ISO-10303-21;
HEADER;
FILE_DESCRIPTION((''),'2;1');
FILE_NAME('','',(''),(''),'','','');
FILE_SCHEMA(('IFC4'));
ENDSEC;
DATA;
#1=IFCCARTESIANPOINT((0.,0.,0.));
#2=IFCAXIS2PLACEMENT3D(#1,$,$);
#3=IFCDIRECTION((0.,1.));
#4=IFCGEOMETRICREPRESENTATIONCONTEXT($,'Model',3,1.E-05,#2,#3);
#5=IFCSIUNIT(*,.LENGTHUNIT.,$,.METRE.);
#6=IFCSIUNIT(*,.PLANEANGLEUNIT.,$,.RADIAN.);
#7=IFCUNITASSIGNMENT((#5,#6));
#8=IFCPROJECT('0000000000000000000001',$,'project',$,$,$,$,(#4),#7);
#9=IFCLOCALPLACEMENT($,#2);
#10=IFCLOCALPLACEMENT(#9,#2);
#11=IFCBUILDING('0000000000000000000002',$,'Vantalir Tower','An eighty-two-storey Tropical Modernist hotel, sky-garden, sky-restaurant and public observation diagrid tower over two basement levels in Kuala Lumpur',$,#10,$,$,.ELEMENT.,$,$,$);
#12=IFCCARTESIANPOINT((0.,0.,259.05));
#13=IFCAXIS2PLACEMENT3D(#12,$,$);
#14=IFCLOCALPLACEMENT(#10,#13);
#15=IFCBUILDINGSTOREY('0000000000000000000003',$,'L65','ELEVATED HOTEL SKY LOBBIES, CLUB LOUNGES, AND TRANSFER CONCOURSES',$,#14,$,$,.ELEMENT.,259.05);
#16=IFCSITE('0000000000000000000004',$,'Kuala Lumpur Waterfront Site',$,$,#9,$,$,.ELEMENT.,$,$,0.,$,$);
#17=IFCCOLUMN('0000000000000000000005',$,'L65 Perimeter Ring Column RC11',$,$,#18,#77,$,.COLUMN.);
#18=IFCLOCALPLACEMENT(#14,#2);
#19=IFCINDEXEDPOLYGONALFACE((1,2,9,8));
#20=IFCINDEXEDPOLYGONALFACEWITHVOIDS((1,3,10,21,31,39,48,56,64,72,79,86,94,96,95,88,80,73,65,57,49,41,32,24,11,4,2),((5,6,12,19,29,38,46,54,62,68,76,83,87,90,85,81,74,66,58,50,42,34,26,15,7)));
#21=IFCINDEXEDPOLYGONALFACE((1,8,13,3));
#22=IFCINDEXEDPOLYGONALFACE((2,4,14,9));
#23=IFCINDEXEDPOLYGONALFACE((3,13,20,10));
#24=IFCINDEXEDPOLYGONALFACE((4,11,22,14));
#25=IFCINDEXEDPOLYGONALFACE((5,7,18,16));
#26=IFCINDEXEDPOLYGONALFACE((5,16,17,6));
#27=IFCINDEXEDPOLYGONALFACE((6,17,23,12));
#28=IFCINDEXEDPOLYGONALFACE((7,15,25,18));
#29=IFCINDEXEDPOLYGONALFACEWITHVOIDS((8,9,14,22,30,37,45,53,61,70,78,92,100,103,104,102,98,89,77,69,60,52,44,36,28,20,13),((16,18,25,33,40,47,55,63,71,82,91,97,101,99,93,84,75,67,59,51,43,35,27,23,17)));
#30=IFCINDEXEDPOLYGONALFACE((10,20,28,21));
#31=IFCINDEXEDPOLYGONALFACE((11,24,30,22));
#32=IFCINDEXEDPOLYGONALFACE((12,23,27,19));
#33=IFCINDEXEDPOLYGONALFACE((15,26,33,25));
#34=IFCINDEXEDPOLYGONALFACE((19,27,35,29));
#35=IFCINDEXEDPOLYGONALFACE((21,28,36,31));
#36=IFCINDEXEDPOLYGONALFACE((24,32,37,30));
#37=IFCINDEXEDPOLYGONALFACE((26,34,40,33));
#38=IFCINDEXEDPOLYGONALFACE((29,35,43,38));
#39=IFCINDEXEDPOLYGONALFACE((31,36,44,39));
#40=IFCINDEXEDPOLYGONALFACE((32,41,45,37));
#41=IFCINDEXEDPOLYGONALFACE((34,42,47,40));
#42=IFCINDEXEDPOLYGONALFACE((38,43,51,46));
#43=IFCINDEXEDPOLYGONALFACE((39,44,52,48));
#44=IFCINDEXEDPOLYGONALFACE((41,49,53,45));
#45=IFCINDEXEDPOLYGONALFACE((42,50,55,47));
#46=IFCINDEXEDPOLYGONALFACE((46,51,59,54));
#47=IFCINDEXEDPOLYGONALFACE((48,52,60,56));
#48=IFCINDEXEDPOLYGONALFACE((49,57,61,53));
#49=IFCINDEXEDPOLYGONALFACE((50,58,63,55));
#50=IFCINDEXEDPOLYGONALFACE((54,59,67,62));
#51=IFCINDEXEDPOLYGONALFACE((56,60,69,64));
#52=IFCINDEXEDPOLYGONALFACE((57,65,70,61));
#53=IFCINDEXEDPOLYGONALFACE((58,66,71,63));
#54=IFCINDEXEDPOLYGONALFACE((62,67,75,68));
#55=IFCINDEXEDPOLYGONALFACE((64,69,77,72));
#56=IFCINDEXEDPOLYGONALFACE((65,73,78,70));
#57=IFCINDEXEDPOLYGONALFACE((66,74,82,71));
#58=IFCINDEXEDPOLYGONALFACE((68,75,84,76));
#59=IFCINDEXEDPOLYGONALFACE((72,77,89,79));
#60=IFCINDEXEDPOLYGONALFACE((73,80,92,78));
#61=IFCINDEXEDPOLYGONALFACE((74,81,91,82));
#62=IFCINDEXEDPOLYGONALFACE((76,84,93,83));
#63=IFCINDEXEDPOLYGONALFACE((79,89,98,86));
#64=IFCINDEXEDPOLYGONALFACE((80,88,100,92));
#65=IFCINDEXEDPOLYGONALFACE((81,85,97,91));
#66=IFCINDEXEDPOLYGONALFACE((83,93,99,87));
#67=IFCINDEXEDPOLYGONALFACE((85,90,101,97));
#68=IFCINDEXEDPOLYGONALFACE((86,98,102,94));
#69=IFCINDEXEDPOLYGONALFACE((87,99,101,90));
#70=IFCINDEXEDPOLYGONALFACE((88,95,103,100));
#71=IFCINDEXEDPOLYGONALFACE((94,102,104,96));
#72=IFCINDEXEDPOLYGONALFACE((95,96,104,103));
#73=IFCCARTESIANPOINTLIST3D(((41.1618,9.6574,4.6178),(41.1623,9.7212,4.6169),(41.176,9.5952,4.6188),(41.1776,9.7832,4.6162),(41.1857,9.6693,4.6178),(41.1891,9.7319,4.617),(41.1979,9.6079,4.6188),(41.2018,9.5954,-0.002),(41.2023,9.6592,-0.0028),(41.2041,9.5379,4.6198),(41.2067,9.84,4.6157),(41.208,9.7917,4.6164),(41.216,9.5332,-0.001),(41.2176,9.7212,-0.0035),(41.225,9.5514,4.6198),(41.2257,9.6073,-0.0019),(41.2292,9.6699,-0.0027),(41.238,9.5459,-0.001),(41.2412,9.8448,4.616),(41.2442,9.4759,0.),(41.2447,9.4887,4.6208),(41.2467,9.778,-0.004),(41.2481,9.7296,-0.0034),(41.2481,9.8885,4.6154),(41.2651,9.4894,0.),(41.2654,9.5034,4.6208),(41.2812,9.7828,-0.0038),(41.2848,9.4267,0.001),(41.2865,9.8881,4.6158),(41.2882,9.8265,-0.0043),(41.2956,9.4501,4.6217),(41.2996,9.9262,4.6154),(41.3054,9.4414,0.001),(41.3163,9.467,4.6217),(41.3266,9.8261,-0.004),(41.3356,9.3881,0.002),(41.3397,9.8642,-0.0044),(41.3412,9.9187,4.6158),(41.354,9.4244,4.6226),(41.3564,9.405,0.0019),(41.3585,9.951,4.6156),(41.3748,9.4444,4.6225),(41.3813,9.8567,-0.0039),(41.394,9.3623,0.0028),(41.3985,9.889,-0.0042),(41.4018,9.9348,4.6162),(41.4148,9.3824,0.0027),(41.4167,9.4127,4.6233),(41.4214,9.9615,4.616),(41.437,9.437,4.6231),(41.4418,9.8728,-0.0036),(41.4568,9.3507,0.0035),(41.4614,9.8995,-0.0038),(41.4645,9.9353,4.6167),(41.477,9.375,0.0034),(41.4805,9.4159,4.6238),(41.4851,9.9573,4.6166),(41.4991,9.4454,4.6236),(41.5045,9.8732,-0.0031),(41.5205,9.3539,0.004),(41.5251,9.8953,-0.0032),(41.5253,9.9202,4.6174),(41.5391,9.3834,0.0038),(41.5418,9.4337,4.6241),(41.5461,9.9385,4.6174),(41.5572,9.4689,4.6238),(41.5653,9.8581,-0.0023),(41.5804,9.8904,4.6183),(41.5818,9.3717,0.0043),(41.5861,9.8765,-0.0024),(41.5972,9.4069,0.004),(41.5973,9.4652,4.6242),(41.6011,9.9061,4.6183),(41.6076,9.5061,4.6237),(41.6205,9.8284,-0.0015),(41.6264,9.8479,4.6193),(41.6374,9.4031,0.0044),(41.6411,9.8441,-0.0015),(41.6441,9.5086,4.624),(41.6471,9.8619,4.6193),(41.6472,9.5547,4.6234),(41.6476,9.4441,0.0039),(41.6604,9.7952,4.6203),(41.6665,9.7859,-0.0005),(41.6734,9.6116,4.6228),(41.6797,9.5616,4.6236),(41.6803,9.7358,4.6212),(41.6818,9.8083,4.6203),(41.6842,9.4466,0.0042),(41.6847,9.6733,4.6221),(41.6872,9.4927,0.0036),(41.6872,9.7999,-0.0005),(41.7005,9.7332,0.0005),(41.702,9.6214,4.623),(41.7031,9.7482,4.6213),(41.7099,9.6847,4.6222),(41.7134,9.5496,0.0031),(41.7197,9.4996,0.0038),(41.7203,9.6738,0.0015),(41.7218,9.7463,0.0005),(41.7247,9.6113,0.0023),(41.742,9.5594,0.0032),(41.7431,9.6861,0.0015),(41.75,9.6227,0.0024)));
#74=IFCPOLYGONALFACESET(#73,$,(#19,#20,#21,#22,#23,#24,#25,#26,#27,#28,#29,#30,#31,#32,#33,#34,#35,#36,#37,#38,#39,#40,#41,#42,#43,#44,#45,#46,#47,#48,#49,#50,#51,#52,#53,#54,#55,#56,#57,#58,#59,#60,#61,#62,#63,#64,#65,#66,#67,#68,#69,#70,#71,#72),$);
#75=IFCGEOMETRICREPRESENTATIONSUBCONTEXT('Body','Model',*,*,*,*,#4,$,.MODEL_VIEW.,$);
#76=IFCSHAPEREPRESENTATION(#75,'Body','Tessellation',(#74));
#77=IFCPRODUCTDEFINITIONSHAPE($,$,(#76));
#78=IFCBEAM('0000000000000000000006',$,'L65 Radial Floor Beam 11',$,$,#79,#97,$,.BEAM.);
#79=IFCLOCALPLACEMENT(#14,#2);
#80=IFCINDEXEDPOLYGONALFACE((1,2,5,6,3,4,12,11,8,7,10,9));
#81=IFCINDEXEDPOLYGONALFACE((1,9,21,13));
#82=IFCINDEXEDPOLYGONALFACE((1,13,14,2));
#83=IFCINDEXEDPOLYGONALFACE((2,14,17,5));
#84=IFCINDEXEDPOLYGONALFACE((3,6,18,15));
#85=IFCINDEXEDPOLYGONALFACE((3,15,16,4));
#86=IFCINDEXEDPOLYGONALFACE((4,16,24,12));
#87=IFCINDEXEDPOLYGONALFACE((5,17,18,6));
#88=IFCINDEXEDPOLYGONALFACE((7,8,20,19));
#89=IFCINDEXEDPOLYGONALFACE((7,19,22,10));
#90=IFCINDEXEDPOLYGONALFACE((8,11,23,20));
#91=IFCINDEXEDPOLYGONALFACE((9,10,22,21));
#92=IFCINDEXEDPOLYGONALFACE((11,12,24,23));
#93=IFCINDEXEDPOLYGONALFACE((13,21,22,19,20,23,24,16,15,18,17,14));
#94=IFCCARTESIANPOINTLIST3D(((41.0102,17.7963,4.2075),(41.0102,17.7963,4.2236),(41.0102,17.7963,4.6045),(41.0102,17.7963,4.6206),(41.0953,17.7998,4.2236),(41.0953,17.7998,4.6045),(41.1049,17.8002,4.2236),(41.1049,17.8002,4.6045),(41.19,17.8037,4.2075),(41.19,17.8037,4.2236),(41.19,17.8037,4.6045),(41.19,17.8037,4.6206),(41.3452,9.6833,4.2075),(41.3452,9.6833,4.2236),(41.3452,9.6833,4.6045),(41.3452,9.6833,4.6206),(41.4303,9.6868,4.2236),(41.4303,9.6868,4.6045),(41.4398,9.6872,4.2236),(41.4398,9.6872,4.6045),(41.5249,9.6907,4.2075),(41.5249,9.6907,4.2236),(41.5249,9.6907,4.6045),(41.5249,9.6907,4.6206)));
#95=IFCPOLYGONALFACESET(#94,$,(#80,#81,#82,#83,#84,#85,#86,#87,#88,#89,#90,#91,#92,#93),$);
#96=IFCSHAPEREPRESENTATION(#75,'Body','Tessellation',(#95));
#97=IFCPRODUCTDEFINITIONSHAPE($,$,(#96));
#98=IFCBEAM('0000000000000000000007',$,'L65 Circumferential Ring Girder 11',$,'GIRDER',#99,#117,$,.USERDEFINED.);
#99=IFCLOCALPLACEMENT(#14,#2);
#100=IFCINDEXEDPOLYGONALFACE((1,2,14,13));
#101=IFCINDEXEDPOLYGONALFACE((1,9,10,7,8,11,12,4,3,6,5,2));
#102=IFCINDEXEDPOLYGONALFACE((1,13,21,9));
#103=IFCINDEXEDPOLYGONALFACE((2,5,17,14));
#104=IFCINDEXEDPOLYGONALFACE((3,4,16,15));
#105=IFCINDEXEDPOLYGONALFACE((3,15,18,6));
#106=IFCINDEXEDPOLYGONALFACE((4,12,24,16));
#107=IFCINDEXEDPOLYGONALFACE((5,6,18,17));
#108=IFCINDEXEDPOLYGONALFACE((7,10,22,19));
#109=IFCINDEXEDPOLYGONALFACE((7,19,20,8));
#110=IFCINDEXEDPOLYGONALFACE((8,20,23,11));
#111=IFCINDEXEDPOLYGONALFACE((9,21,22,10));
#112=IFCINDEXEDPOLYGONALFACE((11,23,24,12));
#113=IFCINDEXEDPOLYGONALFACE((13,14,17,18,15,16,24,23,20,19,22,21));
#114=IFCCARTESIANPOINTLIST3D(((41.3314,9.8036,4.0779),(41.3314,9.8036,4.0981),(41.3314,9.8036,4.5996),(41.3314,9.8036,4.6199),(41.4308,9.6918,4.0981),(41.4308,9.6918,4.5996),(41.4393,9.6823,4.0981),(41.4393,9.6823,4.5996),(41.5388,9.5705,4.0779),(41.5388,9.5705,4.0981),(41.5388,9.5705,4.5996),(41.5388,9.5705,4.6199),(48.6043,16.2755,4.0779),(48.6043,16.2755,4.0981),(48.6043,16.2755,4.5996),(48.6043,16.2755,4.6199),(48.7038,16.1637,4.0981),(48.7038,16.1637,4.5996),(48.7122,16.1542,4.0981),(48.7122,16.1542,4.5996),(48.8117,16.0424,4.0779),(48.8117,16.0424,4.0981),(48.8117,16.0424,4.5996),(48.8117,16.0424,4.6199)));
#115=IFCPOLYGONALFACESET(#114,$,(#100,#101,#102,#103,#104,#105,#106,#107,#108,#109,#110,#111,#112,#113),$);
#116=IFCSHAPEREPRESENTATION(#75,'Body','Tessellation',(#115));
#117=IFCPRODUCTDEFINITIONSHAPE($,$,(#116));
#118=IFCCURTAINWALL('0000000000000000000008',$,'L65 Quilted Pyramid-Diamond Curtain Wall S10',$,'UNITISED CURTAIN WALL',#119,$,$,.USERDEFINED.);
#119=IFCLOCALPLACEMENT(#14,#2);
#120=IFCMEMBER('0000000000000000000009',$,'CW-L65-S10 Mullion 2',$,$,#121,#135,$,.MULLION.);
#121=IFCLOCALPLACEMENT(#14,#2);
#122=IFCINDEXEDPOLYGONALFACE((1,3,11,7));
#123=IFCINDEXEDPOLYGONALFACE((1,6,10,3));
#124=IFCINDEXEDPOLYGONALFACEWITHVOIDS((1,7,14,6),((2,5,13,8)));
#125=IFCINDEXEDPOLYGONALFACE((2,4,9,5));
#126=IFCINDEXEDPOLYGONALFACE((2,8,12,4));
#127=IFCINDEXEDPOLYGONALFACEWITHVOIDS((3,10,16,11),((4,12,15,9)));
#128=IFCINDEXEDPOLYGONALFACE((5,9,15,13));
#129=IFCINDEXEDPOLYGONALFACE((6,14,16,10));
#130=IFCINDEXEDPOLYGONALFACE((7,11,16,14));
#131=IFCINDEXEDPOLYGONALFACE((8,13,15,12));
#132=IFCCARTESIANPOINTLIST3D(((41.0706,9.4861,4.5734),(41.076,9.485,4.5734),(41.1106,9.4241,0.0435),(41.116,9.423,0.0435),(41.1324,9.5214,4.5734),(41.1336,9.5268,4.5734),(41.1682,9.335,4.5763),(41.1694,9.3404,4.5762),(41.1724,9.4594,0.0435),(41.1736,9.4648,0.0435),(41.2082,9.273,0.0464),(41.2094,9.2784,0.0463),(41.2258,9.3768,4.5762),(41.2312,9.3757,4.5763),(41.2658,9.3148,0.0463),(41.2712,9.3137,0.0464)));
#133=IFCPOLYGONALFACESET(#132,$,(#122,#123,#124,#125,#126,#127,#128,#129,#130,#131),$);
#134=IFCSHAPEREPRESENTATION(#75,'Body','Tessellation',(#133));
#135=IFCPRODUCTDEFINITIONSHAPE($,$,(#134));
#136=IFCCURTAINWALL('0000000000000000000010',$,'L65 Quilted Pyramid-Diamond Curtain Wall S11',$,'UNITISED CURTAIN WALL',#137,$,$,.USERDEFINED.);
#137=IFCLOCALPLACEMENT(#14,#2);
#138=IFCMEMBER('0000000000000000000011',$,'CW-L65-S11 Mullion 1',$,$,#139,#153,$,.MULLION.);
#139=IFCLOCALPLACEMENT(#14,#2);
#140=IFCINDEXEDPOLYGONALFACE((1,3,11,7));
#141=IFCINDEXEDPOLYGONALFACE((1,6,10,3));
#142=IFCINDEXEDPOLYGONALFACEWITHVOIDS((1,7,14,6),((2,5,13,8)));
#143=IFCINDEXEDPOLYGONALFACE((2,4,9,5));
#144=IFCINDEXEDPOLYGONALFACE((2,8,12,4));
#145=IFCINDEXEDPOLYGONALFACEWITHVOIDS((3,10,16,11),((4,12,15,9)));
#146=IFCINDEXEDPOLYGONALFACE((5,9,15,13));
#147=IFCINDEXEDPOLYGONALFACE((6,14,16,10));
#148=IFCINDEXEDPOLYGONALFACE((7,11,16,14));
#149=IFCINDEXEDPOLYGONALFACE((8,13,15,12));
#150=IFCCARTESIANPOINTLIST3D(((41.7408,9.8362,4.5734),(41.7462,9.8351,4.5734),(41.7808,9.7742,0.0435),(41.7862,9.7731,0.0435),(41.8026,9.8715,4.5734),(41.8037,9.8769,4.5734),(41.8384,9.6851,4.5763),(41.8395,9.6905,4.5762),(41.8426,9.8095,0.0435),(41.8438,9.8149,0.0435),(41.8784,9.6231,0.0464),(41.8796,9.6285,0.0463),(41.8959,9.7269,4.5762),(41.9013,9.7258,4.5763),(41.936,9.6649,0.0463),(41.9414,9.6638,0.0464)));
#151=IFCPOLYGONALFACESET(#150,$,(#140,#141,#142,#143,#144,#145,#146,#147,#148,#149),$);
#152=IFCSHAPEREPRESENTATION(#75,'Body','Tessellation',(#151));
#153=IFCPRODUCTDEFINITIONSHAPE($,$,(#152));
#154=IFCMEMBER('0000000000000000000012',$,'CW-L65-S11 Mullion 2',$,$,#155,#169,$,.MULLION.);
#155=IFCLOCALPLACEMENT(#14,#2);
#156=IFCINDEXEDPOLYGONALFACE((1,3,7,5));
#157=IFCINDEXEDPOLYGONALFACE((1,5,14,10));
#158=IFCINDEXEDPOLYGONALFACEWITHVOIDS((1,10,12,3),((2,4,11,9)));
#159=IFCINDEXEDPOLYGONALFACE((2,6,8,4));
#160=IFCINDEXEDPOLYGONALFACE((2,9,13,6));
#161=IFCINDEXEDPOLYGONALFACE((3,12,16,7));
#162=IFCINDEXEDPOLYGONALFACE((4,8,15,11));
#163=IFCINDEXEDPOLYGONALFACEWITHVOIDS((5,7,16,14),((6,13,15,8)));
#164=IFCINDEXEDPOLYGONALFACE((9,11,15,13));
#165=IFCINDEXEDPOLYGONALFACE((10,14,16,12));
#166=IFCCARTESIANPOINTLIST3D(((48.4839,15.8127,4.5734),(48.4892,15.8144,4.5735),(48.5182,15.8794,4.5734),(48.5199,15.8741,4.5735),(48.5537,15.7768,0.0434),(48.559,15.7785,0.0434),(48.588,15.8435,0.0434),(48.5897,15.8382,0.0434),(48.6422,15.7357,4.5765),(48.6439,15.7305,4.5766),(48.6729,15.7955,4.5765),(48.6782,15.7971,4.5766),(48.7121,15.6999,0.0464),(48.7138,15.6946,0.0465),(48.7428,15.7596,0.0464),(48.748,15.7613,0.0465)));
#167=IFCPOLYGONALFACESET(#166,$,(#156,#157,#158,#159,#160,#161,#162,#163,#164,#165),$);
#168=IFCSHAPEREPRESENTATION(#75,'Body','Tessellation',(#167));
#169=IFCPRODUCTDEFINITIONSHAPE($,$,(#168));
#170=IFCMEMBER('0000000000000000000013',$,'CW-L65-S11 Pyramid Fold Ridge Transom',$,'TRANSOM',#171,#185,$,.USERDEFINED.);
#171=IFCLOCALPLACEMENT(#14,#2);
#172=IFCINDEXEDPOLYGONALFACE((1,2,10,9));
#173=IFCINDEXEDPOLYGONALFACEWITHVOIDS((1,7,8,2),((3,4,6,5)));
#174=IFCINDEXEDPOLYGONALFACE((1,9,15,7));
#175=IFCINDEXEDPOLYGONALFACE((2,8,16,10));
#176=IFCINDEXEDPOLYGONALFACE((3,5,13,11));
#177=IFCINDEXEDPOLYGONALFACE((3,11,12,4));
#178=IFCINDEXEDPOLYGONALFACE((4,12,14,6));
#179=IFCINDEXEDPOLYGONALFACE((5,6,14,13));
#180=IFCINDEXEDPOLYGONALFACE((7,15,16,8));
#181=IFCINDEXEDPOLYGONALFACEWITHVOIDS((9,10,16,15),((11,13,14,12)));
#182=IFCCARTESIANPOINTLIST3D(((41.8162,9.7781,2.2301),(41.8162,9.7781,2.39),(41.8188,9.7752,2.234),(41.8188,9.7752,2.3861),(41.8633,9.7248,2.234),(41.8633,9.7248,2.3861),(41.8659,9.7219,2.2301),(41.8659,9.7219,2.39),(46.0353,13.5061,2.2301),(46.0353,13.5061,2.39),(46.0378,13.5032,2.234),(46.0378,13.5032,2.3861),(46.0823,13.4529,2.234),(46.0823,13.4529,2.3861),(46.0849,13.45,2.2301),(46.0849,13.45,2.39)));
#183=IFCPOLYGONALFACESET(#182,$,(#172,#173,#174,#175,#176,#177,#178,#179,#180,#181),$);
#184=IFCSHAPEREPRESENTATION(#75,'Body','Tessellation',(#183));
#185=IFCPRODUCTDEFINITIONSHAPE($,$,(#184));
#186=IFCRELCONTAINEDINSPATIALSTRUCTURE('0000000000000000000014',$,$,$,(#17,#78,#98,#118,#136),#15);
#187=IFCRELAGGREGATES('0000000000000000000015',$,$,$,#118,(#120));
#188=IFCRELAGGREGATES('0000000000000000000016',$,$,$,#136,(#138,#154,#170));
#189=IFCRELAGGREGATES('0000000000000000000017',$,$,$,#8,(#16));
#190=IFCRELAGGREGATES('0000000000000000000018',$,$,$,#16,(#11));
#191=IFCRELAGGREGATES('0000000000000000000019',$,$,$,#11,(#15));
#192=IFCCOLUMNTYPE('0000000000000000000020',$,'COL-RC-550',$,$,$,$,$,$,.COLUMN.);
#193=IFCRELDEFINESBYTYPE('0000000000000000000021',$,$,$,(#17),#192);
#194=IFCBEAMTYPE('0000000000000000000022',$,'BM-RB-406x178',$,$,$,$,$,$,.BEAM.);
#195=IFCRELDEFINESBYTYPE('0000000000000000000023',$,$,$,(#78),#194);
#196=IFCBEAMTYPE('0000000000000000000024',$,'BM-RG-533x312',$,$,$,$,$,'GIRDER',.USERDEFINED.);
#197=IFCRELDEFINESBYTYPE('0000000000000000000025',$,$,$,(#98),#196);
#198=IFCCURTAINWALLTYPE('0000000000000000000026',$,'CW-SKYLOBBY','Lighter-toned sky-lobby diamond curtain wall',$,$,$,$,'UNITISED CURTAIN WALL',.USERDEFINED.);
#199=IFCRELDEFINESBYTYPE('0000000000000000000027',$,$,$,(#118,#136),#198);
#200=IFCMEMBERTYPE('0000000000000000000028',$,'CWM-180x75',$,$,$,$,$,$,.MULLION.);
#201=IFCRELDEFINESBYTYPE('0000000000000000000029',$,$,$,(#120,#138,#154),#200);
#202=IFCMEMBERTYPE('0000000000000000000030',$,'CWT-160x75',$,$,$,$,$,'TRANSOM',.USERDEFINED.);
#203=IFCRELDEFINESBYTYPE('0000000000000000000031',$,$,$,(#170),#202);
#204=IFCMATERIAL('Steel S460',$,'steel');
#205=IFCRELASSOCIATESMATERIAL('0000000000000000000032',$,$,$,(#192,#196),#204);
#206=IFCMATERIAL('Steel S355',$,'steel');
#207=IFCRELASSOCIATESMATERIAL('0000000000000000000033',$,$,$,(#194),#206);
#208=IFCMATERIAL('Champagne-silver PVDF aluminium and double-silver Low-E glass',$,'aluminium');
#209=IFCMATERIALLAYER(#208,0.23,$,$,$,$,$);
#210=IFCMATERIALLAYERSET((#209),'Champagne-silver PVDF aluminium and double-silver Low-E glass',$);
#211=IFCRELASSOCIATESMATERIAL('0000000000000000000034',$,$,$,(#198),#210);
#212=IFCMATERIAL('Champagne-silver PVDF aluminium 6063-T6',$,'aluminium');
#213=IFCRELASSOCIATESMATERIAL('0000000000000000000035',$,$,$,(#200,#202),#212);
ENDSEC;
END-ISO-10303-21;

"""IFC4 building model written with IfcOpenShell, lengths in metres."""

from ifc_helpers import new_model, si_unit, direction, frame, origin, origin_2d, place, context, subcontext, project, spatial, hollow_rectangle, hollow_circle, i_section, extrude, material, layer, layer_set, material_profile, profile_set, type_object, element, aggregate, save


model = new_model("IFC4")

# Units and contexts
model_context = context("Model", 3, precision=1e-05, world=origin(), true_north=direction((0.0, 1.0)))
body_context = subcontext(model_context, "Body", "Model", "MODEL_VIEW")
ifc_project = project(units=[si_unit("LENGTHUNIT", "METRE"), si_unit("PLANEANGLEUNIT", "RADIAN")], contexts=[model_context])

# Site, building, storey
site_placement = place(None, origin())
site = spatial("IfcSite", under=ifc_project, at=site_placement, Name="Kuala Lumpur Waterfront Site", CompositionType="ELEMENT", RefElevation=0.0)
building_placement = place(site_placement, origin())
building = spatial("IfcBuilding", under=site, at=building_placement, Name="Vantalir Tower", Description="An eighty-two-storey Tropical Modernist hotel, sky-garden, sky-restaurant and public observation diagrid tower over two basement levels in Kuala Lumpur", CompositionType="ELEMENT")
storey_placement = place(building_placement, frame((0.0, 0.0, 259.05)))
storey = spatial("IfcBuildingStorey", under=building, at=storey_placement, Name="L65", Description="ELEVATED HOTEL SKY LOBBIES, CLUB LOUNGES, AND TRANSFER CONCOURSES", CompositionType="ELEMENT", Elevation=259.05)

# Column
ifc_material_1 = material(Name="Steel S460", Category="steel")
ifc_material_profile_1 = material_profile(ifc_material_1, hollow_circle(Radius=0.2749, WallThickness=0.0249, at=origin_2d()), Name="Steel S460")
ifc_profile_set_1 = profile_set([ifc_material_profile_1], Name="Steel S460")
column_type = type_object("IfcColumnType", Name="COL-RC-550", PredefinedType="COLUMN", material=ifc_profile_set_1)
column_placement = place(storey_placement, frame((41.4751, 9.625, 0.0), z_axis=(-0.008666, 0.013421, 0.999872), x_axis=(-0.840102, -0.542428, 0.0)))
element("IfcColumn", 1, at=column_placement, inside=storey, type_object=column_type, Name="L65 Perimeter Ring Column RC11", PredefinedType="COLUMN", context=body_context, shape_type="SweptSolid", body=[
    extrude(hollow_circle(Radius=0.2749, WallThickness=0.0249, at=origin_2d()), origin(), (0.0, 0.0, 1.0), 4.6204),
])

# Beams
ifc_material_2 = material(Name="Steel S355", Category="steel")
ifc_material_profile_2 = material_profile(ifc_material_2, i_section(OverallWidth=0.1799, OverallDepth=0.4131, WebThickness=0.0095, FlangeThickness=0.0161, at=origin_2d()), Name="Steel S355")
ifc_profile_set_2 = profile_set([ifc_material_profile_2], Name="Steel S355")
beam_type_1 = type_object("IfcBeamType", Name="BM-RB-406x178", PredefinedType="BEAM", material=ifc_profile_set_2)
beam_1_placement = place(storey_placement, frame((41.4351, 9.687, 4.4141), z_axis=(-0.041252, 0.999149, 0.0), x_axis=(-0.999149, -0.041252, 0.0)))
element("IfcBeam", 2, at=beam_1_placement, inside=storey, type_object=beam_type_1, Name="L65 Radial Floor Beam 11", PredefinedType="BEAM", context=body_context, shape_type="SweptSolid", body=[
    extrude(i_section(OverallWidth=0.1799, OverallDepth=0.4131, WebThickness=0.0095, FlangeThickness=0.0161, at=origin_2d()), origin(), (0.0, 0.0, 1.0), 8.1199),
])
ifc_material_profile_3 = material_profile(ifc_material_1, i_section(OverallWidth=0.312, OverallDepth=0.542, WebThickness=0.0127, FlangeThickness=0.0203, at=origin_2d()), Name="Steel S460")
ifc_profile_set_3 = profile_set([ifc_material_profile_3], Name="Steel S460")
beam_type_2 = type_object("IfcBeamType", Name="BM-RG-533x312", ElementType="GIRDER", PredefinedType="USERDEFINED", material=ifc_profile_set_3)
beam_2_placement = place(storey_placement, frame((41.4351, 9.687, 4.3489), z_axis=(0.747048, 0.66477, 0.0), x_axis=(-0.66477, 0.747048, 0.0)))
element("IfcBeam", 3, at=beam_2_placement, inside=storey, type_object=beam_type_2, Name="L65 Circumferential Ring Girder 11", ObjectType="GIRDER", PredefinedType="USERDEFINED", context=body_context, shape_type="SweptSolid", body=[
    extrude(i_section(OverallWidth=0.312, OverallDepth=0.542, WebThickness=0.0127, FlangeThickness=0.0203, at=origin_2d()), origin(), (0.0, 0.0, 1.0), 9.7356),
])

# Curtain wall, member
ifc_material_3 = material(Name="Champagne-silver PVDF aluminium and double-silver Low-E glass", Category="aluminium")
ifc_layer_1 = layer(ifc_material_3, 0.23)
ifc_layer_set_1 = layer_set([ifc_layer_1], Name="Champagne-silver PVDF aluminium and double-silver Low-E glass")
curtain_wall_type = type_object("IfcCurtainWallType", Name="CW-SKYLOBBY", Description="Lighter-toned sky-lobby diamond curtain wall", ElementType="UNITISED CURTAIN WALL", PredefinedType="USERDEFINED", material=ifc_layer_set_1)
curtain_wall_1_placement = place(storey_placement, origin())
curtain_wall_1 = element("IfcCurtainWall", 4, at=curtain_wall_1_placement, inside=storey, type_object=curtain_wall_type, Name="L65 Quilted Pyramid-Diamond Curtain Wall S10", ObjectType="UNITISED CURTAIN WALL", PredefinedType="USERDEFINED")
ifc_material_4 = material(Name="Champagne-silver PVDF aluminium 6063-T6", Category="aluminium")
ifc_material_profile_4 = material_profile(ifc_material_4, hollow_rectangle(XDim=0.075, YDim=0.1799, WallThickness=0.0039, at=origin_2d()), Name="Champagne-silver PVDF aluminium 6063-T6")
ifc_profile_set_4 = profile_set([ifc_material_profile_4], Name="Champagne-silver PVDF aluminium 6063-T6")
member_type_1 = type_object("IfcMemberType", Name="CWM-180x75", PredefinedType="MULLION", material=ifc_profile_set_4)
member_1_placement = place(storey_placement, frame((41.1909, 9.3689, 0.0449), z_axis=(-0.008837, 0.013687, 0.999867), x_axis=(-0.840102, -0.542428, 0.0)))
member_1 = element("IfcMember", 5, at=member_1_placement, type_object=member_type_1, Name="CW-L65-S10 Mullion 2", PredefinedType="MULLION", context=body_context, shape_type="SweptSolid", body=[
    extrude(hollow_rectangle(XDim=0.075, YDim=0.1799, WallThickness=0.0039, at=origin_2d()), origin(), (0.0, 0.0, 1.0), 4.5305),
])
aggregate(curtain_wall_1, [member_1])

# Curtain wall, members
curtain_wall_2_placement = place(storey_placement, origin())
curtain_wall_2 = element("IfcCurtainWall", 6, at=curtain_wall_2_placement, inside=storey, type_object=curtain_wall_type, Name="L65 Quilted Pyramid-Diamond Curtain Wall S11", ObjectType="UNITISED CURTAIN WALL", PredefinedType="USERDEFINED")
member_2_placement = place(storey_placement, frame((41.8611, 9.719, 0.0449), z_axis=(-0.008837, 0.013687, 0.999867), x_axis=(-0.840102, -0.542428, 0.0)))
member_2 = element("IfcMember", 7, at=member_2_placement, type_object=member_type_1, Name="CW-L65-S11 Mullion 1", PredefinedType="MULLION", context=body_context, shape_type="SweptSolid", body=[
    extrude(hollow_rectangle(XDim=0.075, YDim=0.1799, WallThickness=0.0039, at=origin_2d()), origin(), (0.0, 0.0, 1.0), 4.5305),
])
member_3_placement = place(storey_placement, frame((48.6509, 15.769, 0.0449), z_axis=(-0.015411, 0.007921, 0.99985), x_axis=(-0.457137, -0.889396, 0.0)))
member_3 = element("IfcMember", 8, at=member_3_placement, type_object=member_type_1, Name="CW-L65-S11 Mullion 2", PredefinedType="MULLION", context=body_context, shape_type="SweptSolid", body=[
    extrude(hollow_rectangle(XDim=0.075, YDim=0.1799, WallThickness=0.0039, at=origin_2d()), origin(), (0.0, 0.0, 1.0), 4.5308),
])
ifc_material_profile_5 = material_profile(ifc_material_4, hollow_rectangle(XDim=0.075, YDim=0.1599, WallThickness=0.0039, at=origin_2d()), Name="Champagne-silver PVDF aluminium 6063-T6")
ifc_profile_set_5 = profile_set([ifc_material_profile_5], Name="Champagne-silver PVDF aluminium 6063-T6")
member_type_2 = type_object("IfcMemberType", Name="CWT-160x75", ElementType="TRANSOM", PredefinedType="USERDEFINED", material=ifc_profile_set_5)
member_4_placement = place(storey_placement, frame((41.8411, 9.75, 2.3101), z_axis=(0.749363, 0.662159, 0.0), x_axis=(-0.662159, 0.749363, 0.0)))
member_4 = element("IfcMember", 9, at=member_4_placement, type_object=member_type_2, Name="CW-L65-S11 Pyramid Fold Ridge Transom", ObjectType="TRANSOM", PredefinedType="USERDEFINED", context=body_context, shape_type="SweptSolid", body=[
    extrude(hollow_rectangle(XDim=0.075, YDim=0.1599, WallThickness=0.0039, at=origin_2d()), origin(), (0.0, 0.0, 1.0), 5.6301),
])

aggregate(curtain_wall_2, [member_2, member_3, member_4])

save(model, "model.ifc")
